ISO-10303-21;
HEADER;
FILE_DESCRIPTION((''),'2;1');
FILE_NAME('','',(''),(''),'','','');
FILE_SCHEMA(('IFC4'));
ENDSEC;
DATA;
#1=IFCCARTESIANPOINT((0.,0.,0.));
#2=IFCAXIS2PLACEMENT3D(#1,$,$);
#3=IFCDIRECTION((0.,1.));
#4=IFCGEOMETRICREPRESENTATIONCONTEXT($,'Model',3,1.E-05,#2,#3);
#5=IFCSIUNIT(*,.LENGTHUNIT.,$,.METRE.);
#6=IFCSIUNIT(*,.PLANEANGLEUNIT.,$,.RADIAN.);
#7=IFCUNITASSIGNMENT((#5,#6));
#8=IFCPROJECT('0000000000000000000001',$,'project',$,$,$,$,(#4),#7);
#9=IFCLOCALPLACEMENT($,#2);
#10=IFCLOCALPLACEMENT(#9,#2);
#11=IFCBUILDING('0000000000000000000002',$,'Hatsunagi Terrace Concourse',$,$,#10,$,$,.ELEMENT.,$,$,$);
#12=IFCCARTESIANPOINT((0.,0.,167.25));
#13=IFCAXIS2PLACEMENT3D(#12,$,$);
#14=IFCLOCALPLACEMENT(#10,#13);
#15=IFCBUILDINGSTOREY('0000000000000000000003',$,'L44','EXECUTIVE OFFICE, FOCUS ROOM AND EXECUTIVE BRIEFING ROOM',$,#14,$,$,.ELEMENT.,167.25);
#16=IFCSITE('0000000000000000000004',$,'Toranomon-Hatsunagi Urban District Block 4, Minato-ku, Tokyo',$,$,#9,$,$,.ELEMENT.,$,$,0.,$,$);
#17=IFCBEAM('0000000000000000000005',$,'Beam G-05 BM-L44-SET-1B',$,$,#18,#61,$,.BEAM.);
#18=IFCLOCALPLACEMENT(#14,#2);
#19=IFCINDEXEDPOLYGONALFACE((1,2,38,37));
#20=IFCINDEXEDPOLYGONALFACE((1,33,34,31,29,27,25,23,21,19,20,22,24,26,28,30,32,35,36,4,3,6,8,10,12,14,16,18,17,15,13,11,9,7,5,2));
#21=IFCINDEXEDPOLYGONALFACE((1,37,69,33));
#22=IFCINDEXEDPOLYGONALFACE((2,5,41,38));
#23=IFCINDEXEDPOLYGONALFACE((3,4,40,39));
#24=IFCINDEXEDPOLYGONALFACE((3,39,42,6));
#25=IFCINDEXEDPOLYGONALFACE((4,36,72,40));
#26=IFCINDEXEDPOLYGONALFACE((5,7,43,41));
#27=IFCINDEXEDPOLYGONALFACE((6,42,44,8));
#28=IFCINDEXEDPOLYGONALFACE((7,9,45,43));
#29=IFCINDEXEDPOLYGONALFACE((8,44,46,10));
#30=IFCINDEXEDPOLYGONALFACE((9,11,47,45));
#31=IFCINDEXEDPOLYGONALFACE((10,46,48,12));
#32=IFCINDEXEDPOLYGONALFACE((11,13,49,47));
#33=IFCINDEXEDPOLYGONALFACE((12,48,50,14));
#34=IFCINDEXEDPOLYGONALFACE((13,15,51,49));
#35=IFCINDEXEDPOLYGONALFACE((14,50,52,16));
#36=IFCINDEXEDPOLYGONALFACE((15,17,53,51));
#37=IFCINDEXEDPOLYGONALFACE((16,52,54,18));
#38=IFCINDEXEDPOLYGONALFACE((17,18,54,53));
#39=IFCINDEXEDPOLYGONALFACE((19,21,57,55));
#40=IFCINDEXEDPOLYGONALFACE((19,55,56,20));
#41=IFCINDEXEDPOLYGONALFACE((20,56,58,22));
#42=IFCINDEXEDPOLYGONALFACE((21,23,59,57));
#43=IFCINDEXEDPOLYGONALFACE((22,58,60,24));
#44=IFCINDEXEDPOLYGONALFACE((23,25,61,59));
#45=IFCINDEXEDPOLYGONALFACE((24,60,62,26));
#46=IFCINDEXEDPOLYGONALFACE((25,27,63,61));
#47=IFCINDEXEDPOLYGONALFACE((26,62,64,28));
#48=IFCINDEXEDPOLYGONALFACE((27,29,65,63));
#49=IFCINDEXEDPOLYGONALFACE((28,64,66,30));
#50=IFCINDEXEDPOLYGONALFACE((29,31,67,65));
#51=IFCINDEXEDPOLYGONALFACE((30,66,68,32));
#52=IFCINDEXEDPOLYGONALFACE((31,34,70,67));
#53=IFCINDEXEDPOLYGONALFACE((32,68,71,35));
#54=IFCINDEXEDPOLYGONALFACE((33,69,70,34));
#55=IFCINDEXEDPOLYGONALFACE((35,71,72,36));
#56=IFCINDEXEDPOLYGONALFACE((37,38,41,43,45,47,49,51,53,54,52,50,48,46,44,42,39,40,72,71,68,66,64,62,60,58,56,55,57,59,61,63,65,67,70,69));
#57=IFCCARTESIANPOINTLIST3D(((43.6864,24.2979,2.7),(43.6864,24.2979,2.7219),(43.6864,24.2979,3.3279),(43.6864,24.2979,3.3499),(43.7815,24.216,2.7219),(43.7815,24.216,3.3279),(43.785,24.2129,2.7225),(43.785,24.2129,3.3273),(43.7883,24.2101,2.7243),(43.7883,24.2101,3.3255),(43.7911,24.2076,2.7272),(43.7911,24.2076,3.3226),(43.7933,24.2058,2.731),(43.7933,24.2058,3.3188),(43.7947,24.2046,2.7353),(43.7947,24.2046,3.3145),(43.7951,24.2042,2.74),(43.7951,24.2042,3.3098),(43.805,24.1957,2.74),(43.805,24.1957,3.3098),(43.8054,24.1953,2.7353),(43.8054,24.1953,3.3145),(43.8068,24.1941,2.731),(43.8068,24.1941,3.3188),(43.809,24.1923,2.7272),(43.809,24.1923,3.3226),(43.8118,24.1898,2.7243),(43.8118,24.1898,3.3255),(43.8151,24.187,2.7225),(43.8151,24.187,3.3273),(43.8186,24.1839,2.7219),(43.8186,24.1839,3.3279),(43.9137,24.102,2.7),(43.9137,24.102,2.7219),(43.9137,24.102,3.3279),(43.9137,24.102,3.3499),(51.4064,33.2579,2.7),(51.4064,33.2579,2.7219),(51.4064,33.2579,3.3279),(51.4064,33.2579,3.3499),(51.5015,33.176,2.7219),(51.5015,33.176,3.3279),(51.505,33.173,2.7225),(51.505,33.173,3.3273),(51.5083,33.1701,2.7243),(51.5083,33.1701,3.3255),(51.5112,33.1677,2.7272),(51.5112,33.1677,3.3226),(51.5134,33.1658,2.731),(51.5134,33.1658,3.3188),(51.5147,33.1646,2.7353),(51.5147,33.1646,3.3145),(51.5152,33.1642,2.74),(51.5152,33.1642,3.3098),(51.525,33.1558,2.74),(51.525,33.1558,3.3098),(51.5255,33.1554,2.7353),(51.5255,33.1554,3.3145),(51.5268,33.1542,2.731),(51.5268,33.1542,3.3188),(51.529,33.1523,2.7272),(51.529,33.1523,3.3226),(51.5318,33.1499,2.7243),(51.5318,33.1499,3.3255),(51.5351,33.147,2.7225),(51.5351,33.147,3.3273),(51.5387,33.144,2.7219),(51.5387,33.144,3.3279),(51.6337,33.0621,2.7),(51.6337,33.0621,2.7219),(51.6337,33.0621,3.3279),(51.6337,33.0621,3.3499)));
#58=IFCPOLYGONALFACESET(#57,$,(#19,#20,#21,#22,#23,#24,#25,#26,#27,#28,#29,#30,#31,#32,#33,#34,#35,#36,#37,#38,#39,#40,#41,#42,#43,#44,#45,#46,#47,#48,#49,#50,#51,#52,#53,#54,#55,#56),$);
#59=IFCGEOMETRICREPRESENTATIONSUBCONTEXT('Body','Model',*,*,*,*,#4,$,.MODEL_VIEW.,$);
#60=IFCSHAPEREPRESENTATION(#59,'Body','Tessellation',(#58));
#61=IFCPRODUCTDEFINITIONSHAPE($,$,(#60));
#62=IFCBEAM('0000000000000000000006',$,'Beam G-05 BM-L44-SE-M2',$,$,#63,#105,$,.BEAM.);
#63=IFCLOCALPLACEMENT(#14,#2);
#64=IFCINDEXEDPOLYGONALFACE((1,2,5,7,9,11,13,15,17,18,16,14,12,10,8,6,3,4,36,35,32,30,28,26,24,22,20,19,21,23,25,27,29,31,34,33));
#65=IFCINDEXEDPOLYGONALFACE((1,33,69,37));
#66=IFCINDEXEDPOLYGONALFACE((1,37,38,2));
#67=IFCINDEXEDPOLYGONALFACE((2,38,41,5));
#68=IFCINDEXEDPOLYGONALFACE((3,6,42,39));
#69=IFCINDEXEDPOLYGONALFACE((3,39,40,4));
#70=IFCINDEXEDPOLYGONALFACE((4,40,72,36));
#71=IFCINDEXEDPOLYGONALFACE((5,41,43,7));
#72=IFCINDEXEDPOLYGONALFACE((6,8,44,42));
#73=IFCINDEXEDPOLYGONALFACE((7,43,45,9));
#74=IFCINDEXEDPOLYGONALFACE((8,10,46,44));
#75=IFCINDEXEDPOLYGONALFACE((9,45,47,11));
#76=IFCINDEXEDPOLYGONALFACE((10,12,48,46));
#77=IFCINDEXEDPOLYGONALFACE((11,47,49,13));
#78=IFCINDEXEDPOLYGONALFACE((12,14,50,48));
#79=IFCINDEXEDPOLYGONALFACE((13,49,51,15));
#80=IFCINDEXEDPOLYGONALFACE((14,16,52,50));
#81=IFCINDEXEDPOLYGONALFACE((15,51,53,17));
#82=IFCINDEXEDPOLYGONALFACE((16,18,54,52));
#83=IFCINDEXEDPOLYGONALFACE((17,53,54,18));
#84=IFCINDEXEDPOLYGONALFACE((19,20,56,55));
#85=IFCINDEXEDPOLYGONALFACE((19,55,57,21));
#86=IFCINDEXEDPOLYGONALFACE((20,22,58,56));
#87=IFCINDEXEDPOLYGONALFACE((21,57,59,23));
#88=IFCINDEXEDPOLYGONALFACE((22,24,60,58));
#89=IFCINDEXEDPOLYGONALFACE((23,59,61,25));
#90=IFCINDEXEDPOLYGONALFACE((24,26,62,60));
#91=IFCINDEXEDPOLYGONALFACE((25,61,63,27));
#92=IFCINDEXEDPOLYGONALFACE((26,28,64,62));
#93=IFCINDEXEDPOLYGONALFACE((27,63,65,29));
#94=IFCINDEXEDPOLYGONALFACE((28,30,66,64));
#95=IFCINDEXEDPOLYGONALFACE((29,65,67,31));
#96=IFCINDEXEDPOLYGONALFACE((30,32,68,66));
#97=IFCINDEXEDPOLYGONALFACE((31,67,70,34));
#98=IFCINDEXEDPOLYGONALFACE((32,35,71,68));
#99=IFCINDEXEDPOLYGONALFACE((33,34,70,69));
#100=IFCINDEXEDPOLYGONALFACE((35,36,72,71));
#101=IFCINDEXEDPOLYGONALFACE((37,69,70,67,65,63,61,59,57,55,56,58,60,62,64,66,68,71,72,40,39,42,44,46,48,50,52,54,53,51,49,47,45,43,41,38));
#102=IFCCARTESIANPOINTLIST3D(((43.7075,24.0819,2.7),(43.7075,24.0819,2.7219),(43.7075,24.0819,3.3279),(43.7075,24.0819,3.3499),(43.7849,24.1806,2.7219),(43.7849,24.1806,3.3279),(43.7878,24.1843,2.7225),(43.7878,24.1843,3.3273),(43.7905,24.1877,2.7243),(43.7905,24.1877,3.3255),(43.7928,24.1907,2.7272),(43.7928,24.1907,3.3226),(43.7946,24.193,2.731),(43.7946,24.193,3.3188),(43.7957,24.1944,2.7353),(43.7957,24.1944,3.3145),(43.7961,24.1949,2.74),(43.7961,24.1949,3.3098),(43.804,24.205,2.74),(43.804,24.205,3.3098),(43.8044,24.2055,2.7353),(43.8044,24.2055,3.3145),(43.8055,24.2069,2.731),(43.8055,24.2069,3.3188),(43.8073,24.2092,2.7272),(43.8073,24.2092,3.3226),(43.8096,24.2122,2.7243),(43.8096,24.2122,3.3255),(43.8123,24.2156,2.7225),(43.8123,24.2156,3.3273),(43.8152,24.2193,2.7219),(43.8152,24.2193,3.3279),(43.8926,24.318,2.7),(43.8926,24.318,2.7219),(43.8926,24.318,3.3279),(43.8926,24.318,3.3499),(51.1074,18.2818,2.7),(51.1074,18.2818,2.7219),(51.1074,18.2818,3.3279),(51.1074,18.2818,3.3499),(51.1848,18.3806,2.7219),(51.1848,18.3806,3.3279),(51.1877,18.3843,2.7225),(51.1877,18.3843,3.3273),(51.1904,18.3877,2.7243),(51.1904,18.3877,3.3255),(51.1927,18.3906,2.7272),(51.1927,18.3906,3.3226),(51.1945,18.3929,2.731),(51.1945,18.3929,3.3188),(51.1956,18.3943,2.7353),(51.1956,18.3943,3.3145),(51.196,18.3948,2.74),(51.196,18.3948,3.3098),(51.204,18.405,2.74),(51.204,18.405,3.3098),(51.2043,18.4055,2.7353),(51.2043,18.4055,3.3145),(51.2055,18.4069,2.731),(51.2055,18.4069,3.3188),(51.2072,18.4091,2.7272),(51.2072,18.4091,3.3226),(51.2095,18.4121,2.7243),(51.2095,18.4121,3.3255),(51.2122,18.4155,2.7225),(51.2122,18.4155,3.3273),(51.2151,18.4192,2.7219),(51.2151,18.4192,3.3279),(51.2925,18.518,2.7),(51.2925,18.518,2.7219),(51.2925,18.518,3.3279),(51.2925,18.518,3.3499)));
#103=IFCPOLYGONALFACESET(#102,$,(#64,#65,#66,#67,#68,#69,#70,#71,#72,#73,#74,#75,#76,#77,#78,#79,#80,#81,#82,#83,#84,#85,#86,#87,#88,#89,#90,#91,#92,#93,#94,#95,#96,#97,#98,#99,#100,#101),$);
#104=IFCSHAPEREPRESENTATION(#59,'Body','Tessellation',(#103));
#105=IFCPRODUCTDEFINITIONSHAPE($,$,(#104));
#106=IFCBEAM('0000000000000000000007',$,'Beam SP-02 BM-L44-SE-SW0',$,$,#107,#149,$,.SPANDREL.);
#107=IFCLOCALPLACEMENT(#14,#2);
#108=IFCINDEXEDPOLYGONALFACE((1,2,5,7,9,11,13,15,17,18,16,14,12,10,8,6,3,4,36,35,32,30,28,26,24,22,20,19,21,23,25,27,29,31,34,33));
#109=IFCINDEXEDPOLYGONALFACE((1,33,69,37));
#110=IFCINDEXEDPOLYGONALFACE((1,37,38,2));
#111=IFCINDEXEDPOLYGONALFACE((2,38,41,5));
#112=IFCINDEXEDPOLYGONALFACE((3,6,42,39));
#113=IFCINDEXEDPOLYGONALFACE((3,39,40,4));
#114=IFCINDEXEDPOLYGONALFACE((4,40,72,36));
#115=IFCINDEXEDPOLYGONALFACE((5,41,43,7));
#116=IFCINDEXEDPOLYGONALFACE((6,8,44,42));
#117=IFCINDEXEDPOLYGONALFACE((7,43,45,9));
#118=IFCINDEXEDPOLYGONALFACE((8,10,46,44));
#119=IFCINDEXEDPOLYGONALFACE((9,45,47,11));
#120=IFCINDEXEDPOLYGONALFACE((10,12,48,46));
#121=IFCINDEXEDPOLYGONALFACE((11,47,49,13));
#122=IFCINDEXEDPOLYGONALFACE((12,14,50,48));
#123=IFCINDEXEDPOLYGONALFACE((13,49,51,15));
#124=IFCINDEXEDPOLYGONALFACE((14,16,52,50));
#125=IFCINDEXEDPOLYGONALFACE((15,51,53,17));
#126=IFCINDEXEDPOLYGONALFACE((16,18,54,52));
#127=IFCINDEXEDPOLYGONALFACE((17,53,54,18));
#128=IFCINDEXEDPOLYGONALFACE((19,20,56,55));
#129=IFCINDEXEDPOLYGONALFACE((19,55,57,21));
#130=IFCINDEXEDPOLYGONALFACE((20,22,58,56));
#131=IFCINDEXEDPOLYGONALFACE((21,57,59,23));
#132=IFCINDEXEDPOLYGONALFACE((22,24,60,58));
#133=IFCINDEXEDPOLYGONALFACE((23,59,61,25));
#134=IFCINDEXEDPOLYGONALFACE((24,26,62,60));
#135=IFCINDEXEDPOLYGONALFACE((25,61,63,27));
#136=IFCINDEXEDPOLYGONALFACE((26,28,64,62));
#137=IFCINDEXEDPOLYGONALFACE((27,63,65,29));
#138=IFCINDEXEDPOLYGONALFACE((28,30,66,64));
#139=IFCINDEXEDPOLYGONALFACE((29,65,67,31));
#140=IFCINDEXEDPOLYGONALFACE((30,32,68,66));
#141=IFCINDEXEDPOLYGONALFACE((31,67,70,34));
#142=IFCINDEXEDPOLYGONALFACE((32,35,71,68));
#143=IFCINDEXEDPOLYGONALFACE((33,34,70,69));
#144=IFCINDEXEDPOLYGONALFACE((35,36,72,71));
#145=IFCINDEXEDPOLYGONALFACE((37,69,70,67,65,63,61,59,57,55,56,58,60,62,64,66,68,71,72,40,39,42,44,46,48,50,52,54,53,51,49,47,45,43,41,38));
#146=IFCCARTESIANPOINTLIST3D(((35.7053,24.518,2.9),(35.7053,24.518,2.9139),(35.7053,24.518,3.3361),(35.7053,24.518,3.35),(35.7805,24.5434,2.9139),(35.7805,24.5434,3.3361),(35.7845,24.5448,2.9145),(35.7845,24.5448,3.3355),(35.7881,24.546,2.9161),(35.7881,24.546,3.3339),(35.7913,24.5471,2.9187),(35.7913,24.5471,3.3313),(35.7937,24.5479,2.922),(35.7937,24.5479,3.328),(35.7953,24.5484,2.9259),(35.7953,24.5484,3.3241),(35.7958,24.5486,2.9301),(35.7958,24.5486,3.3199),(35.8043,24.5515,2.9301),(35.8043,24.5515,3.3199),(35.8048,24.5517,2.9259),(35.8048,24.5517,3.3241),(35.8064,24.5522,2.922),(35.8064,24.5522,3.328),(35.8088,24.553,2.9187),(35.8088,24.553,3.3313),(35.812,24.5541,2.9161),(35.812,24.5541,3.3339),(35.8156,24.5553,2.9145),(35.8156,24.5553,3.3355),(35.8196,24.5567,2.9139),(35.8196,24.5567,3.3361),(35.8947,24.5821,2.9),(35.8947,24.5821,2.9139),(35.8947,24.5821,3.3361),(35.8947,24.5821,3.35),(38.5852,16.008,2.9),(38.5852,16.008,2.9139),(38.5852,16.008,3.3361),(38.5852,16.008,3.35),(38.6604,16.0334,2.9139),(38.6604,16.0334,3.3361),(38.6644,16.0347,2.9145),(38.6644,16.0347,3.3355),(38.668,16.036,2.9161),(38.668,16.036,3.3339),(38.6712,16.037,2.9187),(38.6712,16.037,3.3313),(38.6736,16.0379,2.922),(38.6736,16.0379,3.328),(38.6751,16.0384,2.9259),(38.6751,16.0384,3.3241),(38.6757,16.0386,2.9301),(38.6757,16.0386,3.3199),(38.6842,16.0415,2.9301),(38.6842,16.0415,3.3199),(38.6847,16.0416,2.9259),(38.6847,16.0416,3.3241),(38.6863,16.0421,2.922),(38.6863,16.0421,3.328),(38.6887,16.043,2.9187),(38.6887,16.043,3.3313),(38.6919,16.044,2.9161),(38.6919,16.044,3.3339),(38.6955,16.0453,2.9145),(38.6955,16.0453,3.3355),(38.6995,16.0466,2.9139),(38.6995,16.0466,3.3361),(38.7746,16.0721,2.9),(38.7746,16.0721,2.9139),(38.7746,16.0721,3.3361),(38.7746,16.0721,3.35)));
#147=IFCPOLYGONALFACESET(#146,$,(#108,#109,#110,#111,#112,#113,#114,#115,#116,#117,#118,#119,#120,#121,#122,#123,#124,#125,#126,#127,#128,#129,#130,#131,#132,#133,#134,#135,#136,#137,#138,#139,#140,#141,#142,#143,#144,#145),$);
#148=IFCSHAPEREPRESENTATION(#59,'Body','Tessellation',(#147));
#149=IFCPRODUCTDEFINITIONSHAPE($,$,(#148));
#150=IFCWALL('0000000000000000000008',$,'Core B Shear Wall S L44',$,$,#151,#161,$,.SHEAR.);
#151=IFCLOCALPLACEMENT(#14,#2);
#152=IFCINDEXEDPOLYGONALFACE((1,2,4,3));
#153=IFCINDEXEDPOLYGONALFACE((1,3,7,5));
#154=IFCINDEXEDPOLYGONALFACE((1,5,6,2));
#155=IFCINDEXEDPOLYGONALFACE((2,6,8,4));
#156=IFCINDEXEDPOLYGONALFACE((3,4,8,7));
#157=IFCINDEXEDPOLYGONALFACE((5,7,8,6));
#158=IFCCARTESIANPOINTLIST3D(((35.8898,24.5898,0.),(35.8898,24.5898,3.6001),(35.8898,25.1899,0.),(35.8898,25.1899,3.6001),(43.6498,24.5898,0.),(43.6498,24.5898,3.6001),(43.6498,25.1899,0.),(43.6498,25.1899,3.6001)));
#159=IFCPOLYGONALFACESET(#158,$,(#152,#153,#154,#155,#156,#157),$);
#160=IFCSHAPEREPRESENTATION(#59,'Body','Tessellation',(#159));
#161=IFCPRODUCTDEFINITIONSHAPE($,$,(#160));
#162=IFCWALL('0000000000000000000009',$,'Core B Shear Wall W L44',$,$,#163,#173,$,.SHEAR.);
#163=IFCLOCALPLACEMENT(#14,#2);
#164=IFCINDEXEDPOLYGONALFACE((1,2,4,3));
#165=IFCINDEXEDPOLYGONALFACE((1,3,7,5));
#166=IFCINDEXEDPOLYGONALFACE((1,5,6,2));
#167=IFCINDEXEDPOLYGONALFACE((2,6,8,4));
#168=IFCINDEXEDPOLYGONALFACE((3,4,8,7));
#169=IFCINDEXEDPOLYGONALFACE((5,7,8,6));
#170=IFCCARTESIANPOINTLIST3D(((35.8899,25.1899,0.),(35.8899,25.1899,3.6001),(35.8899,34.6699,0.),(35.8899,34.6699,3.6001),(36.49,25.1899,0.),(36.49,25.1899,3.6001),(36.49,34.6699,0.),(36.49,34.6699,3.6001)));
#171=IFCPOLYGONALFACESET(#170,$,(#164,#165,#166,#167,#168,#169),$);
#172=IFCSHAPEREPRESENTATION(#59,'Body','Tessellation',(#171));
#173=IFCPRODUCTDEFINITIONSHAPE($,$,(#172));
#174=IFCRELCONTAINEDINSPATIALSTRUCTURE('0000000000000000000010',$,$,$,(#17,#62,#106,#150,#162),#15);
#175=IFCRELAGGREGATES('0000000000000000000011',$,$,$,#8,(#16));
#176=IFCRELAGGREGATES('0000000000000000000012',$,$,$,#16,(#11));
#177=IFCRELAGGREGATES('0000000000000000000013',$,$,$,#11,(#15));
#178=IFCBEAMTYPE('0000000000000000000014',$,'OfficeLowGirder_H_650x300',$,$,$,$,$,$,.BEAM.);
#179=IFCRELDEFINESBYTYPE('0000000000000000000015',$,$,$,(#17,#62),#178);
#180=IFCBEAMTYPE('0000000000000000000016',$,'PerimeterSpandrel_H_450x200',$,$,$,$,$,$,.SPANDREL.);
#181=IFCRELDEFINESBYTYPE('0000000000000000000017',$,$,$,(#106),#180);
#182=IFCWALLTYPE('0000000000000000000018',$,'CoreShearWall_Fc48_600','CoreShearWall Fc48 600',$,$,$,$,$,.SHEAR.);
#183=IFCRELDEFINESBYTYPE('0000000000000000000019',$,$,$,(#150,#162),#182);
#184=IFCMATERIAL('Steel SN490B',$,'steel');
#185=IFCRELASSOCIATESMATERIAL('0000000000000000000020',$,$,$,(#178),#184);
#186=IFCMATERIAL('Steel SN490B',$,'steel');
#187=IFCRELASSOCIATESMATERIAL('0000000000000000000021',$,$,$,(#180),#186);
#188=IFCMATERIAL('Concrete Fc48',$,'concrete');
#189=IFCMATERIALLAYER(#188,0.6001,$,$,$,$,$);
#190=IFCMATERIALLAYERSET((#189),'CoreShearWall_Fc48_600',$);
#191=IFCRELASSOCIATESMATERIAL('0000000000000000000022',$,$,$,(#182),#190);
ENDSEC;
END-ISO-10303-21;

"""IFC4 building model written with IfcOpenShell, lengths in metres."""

from ifc_helpers import new_model, si_unit, direction, frame, frame_2d, origin, origin_2d, place, context, subcontext, project, spatial, rectangle, i_section, extrude, material, layer, layer_set, material_profile, profile_set, type_object, element, save


model = new_model("IFC4")

# Units and contexts
model_context = context("Model", 3, precision=1e-05, world=origin(), true_north=direction((0.0, 1.0)))
body_context = subcontext(model_context, "Body", "Model", "MODEL_VIEW")
ifc_project = project(units=[si_unit("LENGTHUNIT", "METRE"), si_unit("PLANEANGLEUNIT", "RADIAN")], contexts=[model_context])

# Site, building, storey
site_placement = place(None, origin())
site = spatial("IfcSite", under=ifc_project, at=site_placement, Name="Toranomon-Hatsunagi Urban District Block 4, Minato-ku, Tokyo", CompositionType="ELEMENT", RefElevation=0.0)
building_placement = place(site_placement, origin())
building = spatial("IfcBuilding", under=site, at=building_placement, Name="Hatsunagi Terrace Concourse", CompositionType="ELEMENT")
storey_placement = place(building_placement, frame((0.0, 0.0, 167.25)))
storey = spatial("IfcBuildingStorey", under=building, at=storey_placement, Name="L44", Description="EXECUTIVE OFFICE, FOCUS ROOM AND EXECUTIVE BRIEFING ROOM", CompositionType="ELEMENT", Elevation=167.25)

# Beams
ifc_material_1 = material(Name="Steel SN490B", Category="steel")
ifc_material_profile_1 = material_profile(ifc_material_1, i_section(OverallWidth=0.3, OverallDepth=0.6499, WebThickness=0.0129, FlangeThickness=0.022, FilletRadius=0.0181, at=origin_2d()), Name="H-650x300x13x22")
ifc_profile_set_1 = profile_set([ifc_material_profile_1], Name="Steel SN490B")
beam_type_1 = type_object("IfcBeamType", Name="OfficeLowGirder_H_650x300", PredefinedType="BEAM", material=ifc_profile_set_1)
beam_1_placement = place(storey_placement, frame((43.8, 24.2, 3.0249), z_axis=(0.652739, 0.757583, 0.0), x_axis=(-0.757583, 0.652739, 0.0)))
element("IfcBeam", 1, at=beam_1_placement, inside=storey, type_object=beam_type_1, Name="Beam G-05 BM-L44-SET-1B", PredefinedType="BEAM", context=body_context, shape_type="SweptSolid", body=[
    extrude(i_section(OverallWidth=0.3, OverallDepth=0.6499, WebThickness=0.0129, FlangeThickness=0.022, FilletRadius=0.0181, at=origin_2d()), origin(), (0.0, 0.0, 1.0), 11.8271),
])
beam_2_placement = place(storey_placement, frame((43.8, 24.2, 3.0249), z_axis=(0.787049, -0.61689, 0.0), x_axis=(0.61689, 0.787049, 0.0)))
element("IfcBeam", 2, at=beam_2_placement, inside=storey, type_object=beam_type_1, Name="Beam G-05 BM-L44-SE-M2", PredefinedType="BEAM", context=body_context, shape_type="SweptSolid", body=[
    extrude(i_section(OverallWidth=0.3, OverallDepth=0.6499, WebThickness=0.0129, FlangeThickness=0.022, FilletRadius=0.0181, at=origin_2d()), origin(), (0.0, 0.0, 1.0), 9.4021),
])
ifc_material_2 = material(Name="Steel SN490B", Category="steel")
ifc_material_profile_2 = material_profile(ifc_material_2, i_section(OverallWidth=0.2, OverallDepth=0.45, WebThickness=0.009, FlangeThickness=0.0139, FilletRadius=0.0161, at=origin_2d()), Name="H-450x200x9x14")
ifc_profile_set_2 = profile_set([ifc_material_profile_2], Name="Steel SN490B")
beam_type_2 = type_object("IfcBeamType", Name="PerimeterSpandrel_H_450x200", PredefinedType="SPANDREL", material=ifc_profile_set_2)
beam_3_placement = place(storey_placement, frame((35.8, 24.55, 3.125), z_axis=(0.320553, -0.94723, 0.0), x_axis=(0.94723, 0.320553, 0.0)))
element("IfcBeam", 3, at=beam_3_placement, inside=storey, type_object=beam_type_2, Name="Beam SP-02 BM-L44-SE-SW0", PredefinedType="SPANDREL", context=body_context, shape_type="SweptSolid", body=[
    extrude(i_section(OverallWidth=0.2, OverallDepth=0.45, WebThickness=0.009, FlangeThickness=0.0139, FilletRadius=0.0161, at=origin_2d()), origin(), (0.0, 0.0, 1.0), 8.9841),
])

# Walls
ifc_material_3 = material(Name="Concrete Fc48", Category="concrete")
ifc_layer_1 = layer(ifc_material_3, 0.6001)
ifc_layer_set_1 = layer_set([ifc_layer_1], Name="CoreShearWall_Fc48_600")
wall_type_1 = type_object("IfcWallType", Name="CoreShearWall_Fc48_600", Description="CoreShearWall Fc48 600", PredefinedType="SHEAR", material=ifc_layer_set_1)
wall_1_placement = place(storey_placement, frame((35.8899, 24.8899, 0.0), z_axis=(0.0, 0.0, 1.0), x_axis=(1.0, 0.0, 0.0)))
element("IfcWall", 4, at=wall_1_placement, inside=storey, type_object=wall_type_1, Name="Core B Shear Wall S L44", PredefinedType="SHEAR", context=body_context, shape_type="SweptSolid", body=[
    extrude(rectangle(XDim=7.76, YDim=0.6001, at=frame_2d((3.8799, 0.0))), origin(), (0.0, 0.0, 1.0), 3.6001),
])
wall_2_placement = place(storey_placement, frame((36.1899, 25.1899, 0.0), z_axis=(0.0, 0.0, 1.0), x_axis=(0.0, 1.0, 0.0)))
element("IfcWall", 5, at=wall_2_placement, inside=storey, type_object=wall_type_1, Name="Core B Shear Wall W L44", PredefinedType="SHEAR", context=body_context, shape_type="SweptSolid", body=[
    extrude(rectangle(XDim=9.48, YDim=0.6001, at=frame_2d((4.74, 0.0))), origin(), (0.0, 0.0, 1.0), 3.6001),
])

save(model, "model.ifc")
